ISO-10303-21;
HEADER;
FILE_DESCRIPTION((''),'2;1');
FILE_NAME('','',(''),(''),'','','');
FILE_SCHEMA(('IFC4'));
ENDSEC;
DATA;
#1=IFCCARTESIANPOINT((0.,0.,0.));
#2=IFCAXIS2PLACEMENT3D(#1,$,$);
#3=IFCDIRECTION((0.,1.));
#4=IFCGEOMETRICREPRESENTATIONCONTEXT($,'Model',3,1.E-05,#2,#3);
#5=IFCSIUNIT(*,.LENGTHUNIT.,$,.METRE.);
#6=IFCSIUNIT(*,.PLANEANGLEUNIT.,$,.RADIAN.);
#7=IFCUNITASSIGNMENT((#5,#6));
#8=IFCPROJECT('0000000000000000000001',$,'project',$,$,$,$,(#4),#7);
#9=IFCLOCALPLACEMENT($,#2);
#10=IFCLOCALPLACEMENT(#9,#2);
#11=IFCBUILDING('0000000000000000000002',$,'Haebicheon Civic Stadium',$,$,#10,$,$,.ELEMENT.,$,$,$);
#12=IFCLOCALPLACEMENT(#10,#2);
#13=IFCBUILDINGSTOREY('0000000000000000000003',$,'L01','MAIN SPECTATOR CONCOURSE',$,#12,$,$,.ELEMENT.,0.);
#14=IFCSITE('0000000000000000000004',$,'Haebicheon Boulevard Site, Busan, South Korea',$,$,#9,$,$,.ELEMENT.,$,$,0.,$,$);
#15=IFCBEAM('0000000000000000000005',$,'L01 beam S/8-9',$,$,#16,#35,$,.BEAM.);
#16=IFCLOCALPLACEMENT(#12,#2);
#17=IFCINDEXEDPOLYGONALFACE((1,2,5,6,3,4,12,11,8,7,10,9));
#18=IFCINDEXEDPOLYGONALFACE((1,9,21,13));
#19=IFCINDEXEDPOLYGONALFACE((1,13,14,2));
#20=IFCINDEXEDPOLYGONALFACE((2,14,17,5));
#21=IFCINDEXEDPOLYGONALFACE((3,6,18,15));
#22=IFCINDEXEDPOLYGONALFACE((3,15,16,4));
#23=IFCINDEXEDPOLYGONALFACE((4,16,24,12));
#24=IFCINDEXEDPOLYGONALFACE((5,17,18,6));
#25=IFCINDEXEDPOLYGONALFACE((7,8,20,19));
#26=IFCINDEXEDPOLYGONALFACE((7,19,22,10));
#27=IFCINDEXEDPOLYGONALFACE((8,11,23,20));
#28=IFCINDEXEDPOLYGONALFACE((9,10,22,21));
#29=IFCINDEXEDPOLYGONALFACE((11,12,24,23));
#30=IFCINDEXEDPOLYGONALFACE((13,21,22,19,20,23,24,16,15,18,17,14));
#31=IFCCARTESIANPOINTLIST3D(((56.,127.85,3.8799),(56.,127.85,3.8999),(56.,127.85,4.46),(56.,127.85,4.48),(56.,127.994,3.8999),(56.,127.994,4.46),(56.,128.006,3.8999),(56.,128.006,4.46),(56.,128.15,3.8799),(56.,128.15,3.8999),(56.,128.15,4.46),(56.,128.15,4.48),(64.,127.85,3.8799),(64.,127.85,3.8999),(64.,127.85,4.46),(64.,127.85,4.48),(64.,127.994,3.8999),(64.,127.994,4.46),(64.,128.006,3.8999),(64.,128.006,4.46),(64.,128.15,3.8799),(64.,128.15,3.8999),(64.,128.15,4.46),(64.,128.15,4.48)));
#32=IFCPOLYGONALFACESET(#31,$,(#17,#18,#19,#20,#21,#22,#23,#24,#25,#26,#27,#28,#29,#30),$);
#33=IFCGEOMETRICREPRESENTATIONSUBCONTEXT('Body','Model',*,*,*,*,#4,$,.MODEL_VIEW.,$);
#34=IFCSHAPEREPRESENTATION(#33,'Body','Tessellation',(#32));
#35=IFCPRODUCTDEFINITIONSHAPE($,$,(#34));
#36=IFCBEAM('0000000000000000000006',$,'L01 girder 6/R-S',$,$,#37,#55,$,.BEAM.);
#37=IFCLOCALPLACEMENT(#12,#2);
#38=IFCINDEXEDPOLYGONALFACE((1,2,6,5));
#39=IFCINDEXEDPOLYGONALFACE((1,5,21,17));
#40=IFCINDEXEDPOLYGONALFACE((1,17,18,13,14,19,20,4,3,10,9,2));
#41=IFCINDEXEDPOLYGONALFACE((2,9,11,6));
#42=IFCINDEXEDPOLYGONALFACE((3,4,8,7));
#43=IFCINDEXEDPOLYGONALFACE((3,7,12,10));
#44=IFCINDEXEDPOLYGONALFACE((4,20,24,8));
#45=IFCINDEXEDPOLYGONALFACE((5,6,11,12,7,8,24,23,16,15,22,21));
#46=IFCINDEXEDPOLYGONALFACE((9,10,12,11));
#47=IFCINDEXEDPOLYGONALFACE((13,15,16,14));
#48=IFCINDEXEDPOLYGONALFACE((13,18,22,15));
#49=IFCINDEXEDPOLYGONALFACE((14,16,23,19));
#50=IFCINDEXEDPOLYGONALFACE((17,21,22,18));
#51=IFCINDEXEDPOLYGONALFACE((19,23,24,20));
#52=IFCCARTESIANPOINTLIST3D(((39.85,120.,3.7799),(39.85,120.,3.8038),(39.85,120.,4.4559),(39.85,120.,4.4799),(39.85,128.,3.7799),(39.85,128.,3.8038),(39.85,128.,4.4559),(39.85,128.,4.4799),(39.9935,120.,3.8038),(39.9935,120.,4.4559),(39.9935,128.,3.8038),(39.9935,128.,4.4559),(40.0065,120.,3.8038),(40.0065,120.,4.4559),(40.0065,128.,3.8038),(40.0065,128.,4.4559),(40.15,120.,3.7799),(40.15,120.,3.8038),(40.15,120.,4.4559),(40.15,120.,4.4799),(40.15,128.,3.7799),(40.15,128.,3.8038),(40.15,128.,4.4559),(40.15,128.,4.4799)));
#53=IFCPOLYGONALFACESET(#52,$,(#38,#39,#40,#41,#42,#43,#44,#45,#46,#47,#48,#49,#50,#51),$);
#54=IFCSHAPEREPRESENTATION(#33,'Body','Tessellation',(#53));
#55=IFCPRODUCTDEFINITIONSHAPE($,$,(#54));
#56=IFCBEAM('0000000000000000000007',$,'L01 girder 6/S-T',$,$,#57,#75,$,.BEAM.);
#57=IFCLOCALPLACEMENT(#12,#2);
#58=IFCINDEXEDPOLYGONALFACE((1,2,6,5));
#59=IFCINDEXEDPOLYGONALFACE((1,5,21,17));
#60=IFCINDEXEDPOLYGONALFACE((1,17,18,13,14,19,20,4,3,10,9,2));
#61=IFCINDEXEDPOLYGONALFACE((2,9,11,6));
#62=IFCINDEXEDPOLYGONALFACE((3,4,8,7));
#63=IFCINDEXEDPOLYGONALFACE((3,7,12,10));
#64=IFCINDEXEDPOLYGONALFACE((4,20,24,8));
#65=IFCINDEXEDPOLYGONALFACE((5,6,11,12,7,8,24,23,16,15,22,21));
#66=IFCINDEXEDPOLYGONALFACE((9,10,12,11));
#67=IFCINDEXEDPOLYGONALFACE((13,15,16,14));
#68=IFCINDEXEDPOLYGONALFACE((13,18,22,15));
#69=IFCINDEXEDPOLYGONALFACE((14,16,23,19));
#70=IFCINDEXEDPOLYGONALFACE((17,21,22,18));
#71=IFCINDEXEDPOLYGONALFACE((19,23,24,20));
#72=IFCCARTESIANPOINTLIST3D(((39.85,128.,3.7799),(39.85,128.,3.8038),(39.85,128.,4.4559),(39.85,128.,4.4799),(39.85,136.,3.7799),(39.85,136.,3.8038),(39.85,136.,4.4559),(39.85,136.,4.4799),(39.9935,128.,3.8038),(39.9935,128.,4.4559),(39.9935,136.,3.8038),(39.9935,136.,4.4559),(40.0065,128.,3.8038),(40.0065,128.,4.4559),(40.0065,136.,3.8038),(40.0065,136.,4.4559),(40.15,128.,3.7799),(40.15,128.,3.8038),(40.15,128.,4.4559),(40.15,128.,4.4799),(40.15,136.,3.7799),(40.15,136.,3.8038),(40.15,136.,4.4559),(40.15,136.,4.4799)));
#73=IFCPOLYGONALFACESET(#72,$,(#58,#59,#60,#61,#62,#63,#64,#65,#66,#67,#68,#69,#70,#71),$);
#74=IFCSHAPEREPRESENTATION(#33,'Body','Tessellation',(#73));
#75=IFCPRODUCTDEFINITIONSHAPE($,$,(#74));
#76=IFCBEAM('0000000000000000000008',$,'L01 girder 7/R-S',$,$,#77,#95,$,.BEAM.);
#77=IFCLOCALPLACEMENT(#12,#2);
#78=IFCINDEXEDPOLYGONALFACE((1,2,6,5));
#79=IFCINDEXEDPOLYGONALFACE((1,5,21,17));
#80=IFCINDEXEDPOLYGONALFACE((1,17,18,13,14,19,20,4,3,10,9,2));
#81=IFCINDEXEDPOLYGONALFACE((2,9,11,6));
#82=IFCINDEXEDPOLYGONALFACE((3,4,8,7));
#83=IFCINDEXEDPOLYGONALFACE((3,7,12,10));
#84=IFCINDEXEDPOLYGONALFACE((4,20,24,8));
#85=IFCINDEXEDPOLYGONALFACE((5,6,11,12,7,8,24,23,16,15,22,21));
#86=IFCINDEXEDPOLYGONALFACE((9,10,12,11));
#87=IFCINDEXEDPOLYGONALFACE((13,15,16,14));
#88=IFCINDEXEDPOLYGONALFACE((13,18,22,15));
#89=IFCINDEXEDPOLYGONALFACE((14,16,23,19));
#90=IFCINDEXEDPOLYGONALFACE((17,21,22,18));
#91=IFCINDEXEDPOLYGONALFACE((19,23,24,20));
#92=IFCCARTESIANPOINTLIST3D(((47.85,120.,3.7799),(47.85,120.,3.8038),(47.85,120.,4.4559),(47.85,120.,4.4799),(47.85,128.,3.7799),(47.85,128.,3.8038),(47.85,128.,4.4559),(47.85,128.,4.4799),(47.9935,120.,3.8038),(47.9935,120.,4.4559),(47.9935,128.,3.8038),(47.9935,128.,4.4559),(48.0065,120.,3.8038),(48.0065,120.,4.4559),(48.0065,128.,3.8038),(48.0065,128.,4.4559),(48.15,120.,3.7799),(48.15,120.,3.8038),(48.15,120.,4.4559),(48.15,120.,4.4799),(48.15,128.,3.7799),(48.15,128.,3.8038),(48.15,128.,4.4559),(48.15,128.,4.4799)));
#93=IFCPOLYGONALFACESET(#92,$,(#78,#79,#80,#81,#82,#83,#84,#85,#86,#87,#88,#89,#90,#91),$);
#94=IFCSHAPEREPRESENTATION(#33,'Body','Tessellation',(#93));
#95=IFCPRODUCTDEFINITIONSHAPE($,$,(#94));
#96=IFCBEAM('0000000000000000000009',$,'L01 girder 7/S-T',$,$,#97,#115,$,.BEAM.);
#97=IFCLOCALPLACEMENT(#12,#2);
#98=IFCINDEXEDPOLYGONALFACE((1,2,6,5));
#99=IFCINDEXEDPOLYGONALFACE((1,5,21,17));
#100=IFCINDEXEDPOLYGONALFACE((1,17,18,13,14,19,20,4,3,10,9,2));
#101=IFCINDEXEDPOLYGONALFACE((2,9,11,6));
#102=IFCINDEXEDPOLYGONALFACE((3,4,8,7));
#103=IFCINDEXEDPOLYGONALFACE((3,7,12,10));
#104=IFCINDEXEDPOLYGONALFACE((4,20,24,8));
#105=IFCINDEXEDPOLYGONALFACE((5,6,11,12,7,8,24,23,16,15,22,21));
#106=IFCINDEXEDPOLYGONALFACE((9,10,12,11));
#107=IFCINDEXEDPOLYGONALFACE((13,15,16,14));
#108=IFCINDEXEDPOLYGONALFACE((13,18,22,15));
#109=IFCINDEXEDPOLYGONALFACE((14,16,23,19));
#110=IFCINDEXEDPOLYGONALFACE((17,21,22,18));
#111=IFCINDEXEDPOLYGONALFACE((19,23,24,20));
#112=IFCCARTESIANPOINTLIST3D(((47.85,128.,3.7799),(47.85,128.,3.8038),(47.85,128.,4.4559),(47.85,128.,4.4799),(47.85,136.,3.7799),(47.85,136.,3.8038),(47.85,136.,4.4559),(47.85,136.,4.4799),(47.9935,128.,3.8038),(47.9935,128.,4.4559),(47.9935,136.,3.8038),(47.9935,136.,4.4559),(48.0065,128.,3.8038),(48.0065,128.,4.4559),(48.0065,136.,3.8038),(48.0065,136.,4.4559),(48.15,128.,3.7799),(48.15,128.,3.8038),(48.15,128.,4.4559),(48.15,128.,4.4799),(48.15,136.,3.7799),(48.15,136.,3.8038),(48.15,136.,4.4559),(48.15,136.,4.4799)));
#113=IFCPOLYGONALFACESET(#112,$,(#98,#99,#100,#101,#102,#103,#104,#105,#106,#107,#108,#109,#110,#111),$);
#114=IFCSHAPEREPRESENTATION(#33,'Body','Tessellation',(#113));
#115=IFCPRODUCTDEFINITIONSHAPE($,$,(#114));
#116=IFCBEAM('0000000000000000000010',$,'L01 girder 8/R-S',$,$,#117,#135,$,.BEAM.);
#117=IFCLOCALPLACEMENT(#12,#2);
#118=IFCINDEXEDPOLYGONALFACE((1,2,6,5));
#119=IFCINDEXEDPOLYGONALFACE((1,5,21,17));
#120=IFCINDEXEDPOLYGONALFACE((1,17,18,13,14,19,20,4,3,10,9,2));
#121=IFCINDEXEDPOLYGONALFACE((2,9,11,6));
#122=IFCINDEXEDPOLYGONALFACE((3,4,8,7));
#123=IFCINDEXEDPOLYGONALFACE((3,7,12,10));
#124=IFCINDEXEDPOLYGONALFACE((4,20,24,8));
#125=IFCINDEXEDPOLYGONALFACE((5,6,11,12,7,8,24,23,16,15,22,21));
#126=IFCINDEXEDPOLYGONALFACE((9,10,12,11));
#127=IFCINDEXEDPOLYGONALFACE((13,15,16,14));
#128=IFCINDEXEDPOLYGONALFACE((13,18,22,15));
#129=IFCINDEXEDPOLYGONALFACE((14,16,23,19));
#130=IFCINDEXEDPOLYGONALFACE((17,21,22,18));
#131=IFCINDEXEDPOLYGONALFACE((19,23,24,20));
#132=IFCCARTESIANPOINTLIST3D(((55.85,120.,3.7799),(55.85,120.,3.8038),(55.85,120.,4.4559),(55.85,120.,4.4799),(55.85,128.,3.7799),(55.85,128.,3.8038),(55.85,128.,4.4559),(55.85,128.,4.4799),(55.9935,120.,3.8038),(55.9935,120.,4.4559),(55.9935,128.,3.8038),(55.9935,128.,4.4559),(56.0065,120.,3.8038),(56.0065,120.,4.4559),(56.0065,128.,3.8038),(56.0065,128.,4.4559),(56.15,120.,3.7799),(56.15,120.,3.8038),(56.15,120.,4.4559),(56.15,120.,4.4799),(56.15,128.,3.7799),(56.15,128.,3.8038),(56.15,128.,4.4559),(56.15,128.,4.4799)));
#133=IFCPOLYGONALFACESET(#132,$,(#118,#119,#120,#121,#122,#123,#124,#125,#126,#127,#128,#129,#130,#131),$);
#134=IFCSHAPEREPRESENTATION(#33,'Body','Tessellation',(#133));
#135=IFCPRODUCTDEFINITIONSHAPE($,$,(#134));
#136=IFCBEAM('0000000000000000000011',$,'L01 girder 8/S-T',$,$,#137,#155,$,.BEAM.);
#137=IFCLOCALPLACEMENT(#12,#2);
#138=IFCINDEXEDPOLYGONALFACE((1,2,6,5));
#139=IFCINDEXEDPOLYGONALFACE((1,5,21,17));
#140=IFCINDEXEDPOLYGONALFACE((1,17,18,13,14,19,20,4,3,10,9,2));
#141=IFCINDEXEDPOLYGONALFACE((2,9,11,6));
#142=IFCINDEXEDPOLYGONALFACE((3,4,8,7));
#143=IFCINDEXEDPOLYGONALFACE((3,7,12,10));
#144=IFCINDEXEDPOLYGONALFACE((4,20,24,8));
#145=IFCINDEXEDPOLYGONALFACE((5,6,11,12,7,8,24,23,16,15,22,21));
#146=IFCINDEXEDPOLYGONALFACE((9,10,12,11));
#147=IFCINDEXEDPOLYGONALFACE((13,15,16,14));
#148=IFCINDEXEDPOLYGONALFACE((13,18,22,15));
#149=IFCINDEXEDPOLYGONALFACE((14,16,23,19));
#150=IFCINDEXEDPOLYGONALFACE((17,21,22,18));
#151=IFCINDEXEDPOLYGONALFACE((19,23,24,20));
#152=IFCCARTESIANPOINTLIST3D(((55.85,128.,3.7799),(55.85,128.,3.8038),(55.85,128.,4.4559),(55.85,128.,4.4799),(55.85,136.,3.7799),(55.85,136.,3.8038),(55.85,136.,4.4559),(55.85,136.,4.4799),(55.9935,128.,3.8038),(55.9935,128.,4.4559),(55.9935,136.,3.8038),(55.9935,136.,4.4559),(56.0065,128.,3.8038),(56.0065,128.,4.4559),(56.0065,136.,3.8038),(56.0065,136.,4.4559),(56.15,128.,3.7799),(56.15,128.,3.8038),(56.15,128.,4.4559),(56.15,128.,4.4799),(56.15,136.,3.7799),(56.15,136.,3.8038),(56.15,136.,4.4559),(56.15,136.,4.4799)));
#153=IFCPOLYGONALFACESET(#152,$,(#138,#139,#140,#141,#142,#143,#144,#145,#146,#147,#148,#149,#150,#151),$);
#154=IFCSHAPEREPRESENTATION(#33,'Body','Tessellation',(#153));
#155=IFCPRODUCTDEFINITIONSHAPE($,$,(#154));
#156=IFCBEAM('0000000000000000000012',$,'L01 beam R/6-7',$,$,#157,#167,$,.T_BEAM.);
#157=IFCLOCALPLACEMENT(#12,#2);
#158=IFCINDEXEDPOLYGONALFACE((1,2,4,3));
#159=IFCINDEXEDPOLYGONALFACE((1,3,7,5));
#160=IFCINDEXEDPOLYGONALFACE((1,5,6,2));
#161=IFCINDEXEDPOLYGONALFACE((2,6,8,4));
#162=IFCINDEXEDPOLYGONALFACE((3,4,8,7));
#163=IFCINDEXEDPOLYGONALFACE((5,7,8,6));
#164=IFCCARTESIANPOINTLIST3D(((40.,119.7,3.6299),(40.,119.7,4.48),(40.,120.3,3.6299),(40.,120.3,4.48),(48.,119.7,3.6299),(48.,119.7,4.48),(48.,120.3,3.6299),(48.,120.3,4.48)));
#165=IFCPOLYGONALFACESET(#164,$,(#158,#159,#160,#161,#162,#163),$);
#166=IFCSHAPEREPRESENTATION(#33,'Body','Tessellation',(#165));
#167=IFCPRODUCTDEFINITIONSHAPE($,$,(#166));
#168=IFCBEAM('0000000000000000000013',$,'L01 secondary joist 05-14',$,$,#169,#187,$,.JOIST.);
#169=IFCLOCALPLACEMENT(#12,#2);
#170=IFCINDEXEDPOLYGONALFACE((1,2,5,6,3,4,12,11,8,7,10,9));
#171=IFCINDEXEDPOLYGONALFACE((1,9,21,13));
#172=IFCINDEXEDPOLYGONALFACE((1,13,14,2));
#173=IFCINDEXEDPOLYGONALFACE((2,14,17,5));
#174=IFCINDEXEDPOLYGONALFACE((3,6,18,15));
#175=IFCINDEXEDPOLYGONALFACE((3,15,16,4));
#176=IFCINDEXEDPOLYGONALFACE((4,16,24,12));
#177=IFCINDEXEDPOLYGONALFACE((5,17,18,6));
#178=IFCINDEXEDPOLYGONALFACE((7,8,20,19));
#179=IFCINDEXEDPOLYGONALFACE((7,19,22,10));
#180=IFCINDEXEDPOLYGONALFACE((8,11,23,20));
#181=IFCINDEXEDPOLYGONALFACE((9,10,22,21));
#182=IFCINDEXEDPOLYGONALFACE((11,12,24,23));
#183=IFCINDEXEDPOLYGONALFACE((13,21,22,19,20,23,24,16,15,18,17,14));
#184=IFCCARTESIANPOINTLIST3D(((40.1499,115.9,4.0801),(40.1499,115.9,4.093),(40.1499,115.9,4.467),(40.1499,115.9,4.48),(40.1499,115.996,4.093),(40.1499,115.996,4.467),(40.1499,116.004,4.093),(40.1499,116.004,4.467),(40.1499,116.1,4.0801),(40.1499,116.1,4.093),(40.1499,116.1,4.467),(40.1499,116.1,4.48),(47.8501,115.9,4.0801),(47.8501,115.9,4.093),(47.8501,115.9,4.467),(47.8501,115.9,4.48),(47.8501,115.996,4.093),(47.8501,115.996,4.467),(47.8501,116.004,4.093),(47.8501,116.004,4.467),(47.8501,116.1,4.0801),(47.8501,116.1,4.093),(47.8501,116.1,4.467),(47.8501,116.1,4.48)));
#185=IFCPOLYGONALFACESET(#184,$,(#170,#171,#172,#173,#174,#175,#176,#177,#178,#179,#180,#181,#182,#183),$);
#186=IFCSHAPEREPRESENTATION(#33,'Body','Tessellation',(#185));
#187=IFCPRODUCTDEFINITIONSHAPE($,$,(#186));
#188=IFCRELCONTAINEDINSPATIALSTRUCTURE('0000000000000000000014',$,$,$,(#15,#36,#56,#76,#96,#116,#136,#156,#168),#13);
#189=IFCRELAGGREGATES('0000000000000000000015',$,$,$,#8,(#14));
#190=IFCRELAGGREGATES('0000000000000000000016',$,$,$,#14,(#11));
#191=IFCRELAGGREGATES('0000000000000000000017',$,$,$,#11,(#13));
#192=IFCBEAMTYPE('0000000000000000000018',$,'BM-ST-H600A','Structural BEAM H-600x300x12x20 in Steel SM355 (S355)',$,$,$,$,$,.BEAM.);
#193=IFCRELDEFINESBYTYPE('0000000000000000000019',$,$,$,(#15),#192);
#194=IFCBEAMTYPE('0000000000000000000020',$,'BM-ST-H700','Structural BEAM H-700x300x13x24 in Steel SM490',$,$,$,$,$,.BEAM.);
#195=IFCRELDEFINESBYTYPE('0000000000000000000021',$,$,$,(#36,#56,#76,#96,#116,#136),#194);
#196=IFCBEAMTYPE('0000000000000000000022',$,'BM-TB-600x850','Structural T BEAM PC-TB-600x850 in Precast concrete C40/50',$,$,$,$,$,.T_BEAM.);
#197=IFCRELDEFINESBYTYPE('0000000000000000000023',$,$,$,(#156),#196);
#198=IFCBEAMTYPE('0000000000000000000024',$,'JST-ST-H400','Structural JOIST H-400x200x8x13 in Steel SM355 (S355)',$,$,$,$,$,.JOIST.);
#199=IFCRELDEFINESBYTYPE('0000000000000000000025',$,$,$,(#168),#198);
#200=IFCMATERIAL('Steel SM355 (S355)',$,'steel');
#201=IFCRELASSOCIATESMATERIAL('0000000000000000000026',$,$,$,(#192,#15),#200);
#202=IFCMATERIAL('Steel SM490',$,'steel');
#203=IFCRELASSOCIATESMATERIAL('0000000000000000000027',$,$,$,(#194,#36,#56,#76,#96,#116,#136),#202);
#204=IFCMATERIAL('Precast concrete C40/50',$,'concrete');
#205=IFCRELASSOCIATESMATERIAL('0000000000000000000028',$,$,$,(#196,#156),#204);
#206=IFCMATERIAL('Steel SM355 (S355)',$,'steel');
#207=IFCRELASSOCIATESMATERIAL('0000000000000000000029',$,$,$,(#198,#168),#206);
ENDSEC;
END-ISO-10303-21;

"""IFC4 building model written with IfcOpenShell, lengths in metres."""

from ifc_helpers import new_model, si_unit, direction, frame, origin, origin_2d, place, context, subcontext, project, spatial, rectangle, i_section, extrude, material, material_profile, profile_set, type_object, element, save


model = new_model("IFC4")

# Units and contexts
model_context = context("Model", 3, precision=1e-05, world=origin(), true_north=direction((0.0, 1.0)))
body_context = subcontext(model_context, "Body", "Model", "MODEL_VIEW")
ifc_project = project(units=[si_unit("LENGTHUNIT", "METRE"), si_unit("PLANEANGLEUNIT", "RADIAN")], contexts=[model_context])

# Site, building, storey
site_placement = place(None, origin())
site = spatial("IfcSite", under=ifc_project, at=site_placement, Name="Haebicheon Boulevard Site, Busan, South Korea", CompositionType="ELEMENT", RefElevation=0.0)
building_placement = place(site_placement, origin())
building = spatial("IfcBuilding", under=site, at=building_placement, Name="Haebicheon Civic Stadium", CompositionType="ELEMENT")
storey_placement = place(building_placement, origin())
storey = spatial("IfcBuildingStorey", under=building, at=storey_placement, Name="L01", Description="MAIN SPECTATOR CONCOURSE", CompositionType="ELEMENT", Elevation=0.0)

# Beams
ifc_material_1 = material(Name="Steel SM355 (S355)", Category="steel")
ifc_material_profile_1 = material_profile(ifc_material_1, i_section(OverallWidth=0.3, OverallDepth=0.6001, WebThickness=0.012, FlangeThickness=0.02, at=origin_2d()), Name="H-600x300x12x20")
ifc_profile_set_1 = profile_set([ifc_material_profile_1], Name="Steel SM355 (S355)")
beam_type_1 = type_object("IfcBeamType", Name="BM-ST-H600A", Description="Structural BEAM H-600x300x12x20 in Steel SM355 (S355)", PredefinedType="BEAM", material=ifc_profile_set_1)
for number, where, z_axis, x_axis, name in (
    (1, (56.0, 128.0, 4.1799), (1.0, 0.0, 0.0), (0.0, 1.0, 0.0), "L01 beam S/8-9"),
):
    element("IfcBeam", number, at=place(storey_placement, frame(where, z_axis=z_axis, x_axis=x_axis)), inside=storey, type_object=beam_type_1, material=ifc_profile_set_1, Name=name, PredefinedType="BEAM", context=body_context, shape_type="SweptSolid", body=[
        extrude(i_section(OverallWidth=0.3, OverallDepth=0.6001, WebThickness=0.012, FlangeThickness=0.02, at=origin_2d()), origin(), (0.0, 0.0, 1.0), 8.0),
    ])
ifc_material_2 = material(Name="Steel SM490", Category="steel")
ifc_material_profile_2 = material_profile(ifc_material_2, i_section(OverallWidth=0.3, OverallDepth=0.7, WebThickness=0.0129, FlangeThickness=0.0239, at=origin_2d()), Name="H-700x300x13x24")
ifc_profile_set_2 = profile_set([ifc_material_profile_2], Name="Steel SM490")
beam_type_2 = type_object("IfcBeamType", Name="BM-ST-H700", Description="Structural BEAM H-700x300x13x24 in Steel SM490", PredefinedType="BEAM", material=ifc_profile_set_2)
for number, where, z_axis, x_axis, name in (
    (2, (40.0, 120.0, 4.1299), (0.0, 1.0, 0.0), (-1.0, 0.0, 0.0), "L01 girder 6/R-S"),
    (3, (40.0, 128.0, 4.1299), (0.0, 1.0, 0.0), (-1.0, 0.0, 0.0), "L01 girder 6/S-T"),
    (4, (48.0, 120.0, 4.1299), (0.0, 1.0, 0.0), (-1.0, 0.0, 0.0), "L01 girder 7/R-S"),
    (5, (48.0, 128.0, 4.1299), (0.0, 1.0, 0.0), (-1.0, 0.0, 0.0), "L01 girder 7/S-T"),
    (6, (56.0, 120.0, 4.1299), (0.0, 1.0, 0.0), (-1.0, 0.0, 0.0), "L01 girder 8/R-S"),
    (7, (56.0, 128.0, 4.1299), (0.0, 1.0, 0.0), (-1.0, 0.0, 0.0), "L01 girder 8/S-T"),
):
    element("IfcBeam", number, at=place(storey_placement, frame(where, z_axis=z_axis, x_axis=x_axis)), inside=storey, type_object=beam_type_2, material=ifc_profile_set_2, Name=name, PredefinedType="BEAM", context=body_context, shape_type="SweptSolid", body=[
        extrude(i_section(OverallWidth=0.3, OverallDepth=0.7, WebThickness=0.0129, FlangeThickness=0.0239, at=origin_2d()), origin(), (0.0, 0.0, 1.0), 8.0),
    ])
ifc_material_3 = material(Name="Precast concrete C40/50", Category="concrete")
ifc_material_profile_3 = material_profile(ifc_material_3, rectangle(XDim=0.6001, YDim=0.8501, at=origin_2d()), Name="PC-TB-600x850")
ifc_profile_set_3 = profile_set([ifc_material_profile_3], Name="Precast concrete C40/50")
beam_type_3 = type_object("IfcBeamType", Name="BM-TB-600x850", Description="Structural T BEAM PC-TB-600x850 in Precast concrete C40/50", PredefinedType="T_BEAM", material=ifc_profile_set_3)
beam_placement = place(storey_placement, frame((40.0, 120.0, 4.0549), z_axis=(1.0, 0.0, 0.0), x_axis=(0.0, 1.0, 0.0)))
element("IfcBeam", 8, at=beam_placement, inside=storey, type_object=beam_type_3, material=ifc_profile_set_3, Name="L01 beam R/6-7", PredefinedType="T_BEAM", context=body_context, shape_type="SweptSolid", body=[
    extrude(rectangle(XDim=0.6001, YDim=0.8501, at=origin_2d()), origin(), (0.0, 0.0, 1.0), 8.0),
])
ifc_material_4 = material(Name="Steel SM355 (S355)", Category="steel")
ifc_material_profile_4 = material_profile(ifc_material_4, i_section(OverallWidth=0.2, OverallDepth=0.3999, WebThickness=0.0081, FlangeThickness=0.0129, at=origin_2d()), Name="H-400x200x8x13")
ifc_profile_set_4 = profile_set([ifc_material_profile_4], Name="Steel SM355 (S355)")
beam_type_4 = type_object("IfcBeamType", Name="JST-ST-H400", Description="Structural JOIST H-400x200x8x13 in Steel SM355 (S355)", PredefinedType="JOIST", material=ifc_profile_set_4)
for number, where, z_axis, x_axis, name in (
    (9, (40.1499, 116.0, 4.28), (1.0, 0.0, 0.0), (0.0, 1.0, 0.0), "L01 secondary joist 05-14"),
):
    element("IfcBeam", number, at=place(storey_placement, frame(where, z_axis=z_axis, x_axis=x_axis)), inside=storey, type_object=beam_type_4, material=ifc_profile_set_4, Name=name, PredefinedType="JOIST", context=body_context, shape_type="SweptSolid", body=[
        extrude(i_section(OverallWidth=0.2, OverallDepth=0.3999, WebThickness=0.0081, FlangeThickness=0.0129, at=origin_2d()), origin(), (0.0, 0.0, 1.0), 7.7002),
    ])

save(model, "model.ifc")
